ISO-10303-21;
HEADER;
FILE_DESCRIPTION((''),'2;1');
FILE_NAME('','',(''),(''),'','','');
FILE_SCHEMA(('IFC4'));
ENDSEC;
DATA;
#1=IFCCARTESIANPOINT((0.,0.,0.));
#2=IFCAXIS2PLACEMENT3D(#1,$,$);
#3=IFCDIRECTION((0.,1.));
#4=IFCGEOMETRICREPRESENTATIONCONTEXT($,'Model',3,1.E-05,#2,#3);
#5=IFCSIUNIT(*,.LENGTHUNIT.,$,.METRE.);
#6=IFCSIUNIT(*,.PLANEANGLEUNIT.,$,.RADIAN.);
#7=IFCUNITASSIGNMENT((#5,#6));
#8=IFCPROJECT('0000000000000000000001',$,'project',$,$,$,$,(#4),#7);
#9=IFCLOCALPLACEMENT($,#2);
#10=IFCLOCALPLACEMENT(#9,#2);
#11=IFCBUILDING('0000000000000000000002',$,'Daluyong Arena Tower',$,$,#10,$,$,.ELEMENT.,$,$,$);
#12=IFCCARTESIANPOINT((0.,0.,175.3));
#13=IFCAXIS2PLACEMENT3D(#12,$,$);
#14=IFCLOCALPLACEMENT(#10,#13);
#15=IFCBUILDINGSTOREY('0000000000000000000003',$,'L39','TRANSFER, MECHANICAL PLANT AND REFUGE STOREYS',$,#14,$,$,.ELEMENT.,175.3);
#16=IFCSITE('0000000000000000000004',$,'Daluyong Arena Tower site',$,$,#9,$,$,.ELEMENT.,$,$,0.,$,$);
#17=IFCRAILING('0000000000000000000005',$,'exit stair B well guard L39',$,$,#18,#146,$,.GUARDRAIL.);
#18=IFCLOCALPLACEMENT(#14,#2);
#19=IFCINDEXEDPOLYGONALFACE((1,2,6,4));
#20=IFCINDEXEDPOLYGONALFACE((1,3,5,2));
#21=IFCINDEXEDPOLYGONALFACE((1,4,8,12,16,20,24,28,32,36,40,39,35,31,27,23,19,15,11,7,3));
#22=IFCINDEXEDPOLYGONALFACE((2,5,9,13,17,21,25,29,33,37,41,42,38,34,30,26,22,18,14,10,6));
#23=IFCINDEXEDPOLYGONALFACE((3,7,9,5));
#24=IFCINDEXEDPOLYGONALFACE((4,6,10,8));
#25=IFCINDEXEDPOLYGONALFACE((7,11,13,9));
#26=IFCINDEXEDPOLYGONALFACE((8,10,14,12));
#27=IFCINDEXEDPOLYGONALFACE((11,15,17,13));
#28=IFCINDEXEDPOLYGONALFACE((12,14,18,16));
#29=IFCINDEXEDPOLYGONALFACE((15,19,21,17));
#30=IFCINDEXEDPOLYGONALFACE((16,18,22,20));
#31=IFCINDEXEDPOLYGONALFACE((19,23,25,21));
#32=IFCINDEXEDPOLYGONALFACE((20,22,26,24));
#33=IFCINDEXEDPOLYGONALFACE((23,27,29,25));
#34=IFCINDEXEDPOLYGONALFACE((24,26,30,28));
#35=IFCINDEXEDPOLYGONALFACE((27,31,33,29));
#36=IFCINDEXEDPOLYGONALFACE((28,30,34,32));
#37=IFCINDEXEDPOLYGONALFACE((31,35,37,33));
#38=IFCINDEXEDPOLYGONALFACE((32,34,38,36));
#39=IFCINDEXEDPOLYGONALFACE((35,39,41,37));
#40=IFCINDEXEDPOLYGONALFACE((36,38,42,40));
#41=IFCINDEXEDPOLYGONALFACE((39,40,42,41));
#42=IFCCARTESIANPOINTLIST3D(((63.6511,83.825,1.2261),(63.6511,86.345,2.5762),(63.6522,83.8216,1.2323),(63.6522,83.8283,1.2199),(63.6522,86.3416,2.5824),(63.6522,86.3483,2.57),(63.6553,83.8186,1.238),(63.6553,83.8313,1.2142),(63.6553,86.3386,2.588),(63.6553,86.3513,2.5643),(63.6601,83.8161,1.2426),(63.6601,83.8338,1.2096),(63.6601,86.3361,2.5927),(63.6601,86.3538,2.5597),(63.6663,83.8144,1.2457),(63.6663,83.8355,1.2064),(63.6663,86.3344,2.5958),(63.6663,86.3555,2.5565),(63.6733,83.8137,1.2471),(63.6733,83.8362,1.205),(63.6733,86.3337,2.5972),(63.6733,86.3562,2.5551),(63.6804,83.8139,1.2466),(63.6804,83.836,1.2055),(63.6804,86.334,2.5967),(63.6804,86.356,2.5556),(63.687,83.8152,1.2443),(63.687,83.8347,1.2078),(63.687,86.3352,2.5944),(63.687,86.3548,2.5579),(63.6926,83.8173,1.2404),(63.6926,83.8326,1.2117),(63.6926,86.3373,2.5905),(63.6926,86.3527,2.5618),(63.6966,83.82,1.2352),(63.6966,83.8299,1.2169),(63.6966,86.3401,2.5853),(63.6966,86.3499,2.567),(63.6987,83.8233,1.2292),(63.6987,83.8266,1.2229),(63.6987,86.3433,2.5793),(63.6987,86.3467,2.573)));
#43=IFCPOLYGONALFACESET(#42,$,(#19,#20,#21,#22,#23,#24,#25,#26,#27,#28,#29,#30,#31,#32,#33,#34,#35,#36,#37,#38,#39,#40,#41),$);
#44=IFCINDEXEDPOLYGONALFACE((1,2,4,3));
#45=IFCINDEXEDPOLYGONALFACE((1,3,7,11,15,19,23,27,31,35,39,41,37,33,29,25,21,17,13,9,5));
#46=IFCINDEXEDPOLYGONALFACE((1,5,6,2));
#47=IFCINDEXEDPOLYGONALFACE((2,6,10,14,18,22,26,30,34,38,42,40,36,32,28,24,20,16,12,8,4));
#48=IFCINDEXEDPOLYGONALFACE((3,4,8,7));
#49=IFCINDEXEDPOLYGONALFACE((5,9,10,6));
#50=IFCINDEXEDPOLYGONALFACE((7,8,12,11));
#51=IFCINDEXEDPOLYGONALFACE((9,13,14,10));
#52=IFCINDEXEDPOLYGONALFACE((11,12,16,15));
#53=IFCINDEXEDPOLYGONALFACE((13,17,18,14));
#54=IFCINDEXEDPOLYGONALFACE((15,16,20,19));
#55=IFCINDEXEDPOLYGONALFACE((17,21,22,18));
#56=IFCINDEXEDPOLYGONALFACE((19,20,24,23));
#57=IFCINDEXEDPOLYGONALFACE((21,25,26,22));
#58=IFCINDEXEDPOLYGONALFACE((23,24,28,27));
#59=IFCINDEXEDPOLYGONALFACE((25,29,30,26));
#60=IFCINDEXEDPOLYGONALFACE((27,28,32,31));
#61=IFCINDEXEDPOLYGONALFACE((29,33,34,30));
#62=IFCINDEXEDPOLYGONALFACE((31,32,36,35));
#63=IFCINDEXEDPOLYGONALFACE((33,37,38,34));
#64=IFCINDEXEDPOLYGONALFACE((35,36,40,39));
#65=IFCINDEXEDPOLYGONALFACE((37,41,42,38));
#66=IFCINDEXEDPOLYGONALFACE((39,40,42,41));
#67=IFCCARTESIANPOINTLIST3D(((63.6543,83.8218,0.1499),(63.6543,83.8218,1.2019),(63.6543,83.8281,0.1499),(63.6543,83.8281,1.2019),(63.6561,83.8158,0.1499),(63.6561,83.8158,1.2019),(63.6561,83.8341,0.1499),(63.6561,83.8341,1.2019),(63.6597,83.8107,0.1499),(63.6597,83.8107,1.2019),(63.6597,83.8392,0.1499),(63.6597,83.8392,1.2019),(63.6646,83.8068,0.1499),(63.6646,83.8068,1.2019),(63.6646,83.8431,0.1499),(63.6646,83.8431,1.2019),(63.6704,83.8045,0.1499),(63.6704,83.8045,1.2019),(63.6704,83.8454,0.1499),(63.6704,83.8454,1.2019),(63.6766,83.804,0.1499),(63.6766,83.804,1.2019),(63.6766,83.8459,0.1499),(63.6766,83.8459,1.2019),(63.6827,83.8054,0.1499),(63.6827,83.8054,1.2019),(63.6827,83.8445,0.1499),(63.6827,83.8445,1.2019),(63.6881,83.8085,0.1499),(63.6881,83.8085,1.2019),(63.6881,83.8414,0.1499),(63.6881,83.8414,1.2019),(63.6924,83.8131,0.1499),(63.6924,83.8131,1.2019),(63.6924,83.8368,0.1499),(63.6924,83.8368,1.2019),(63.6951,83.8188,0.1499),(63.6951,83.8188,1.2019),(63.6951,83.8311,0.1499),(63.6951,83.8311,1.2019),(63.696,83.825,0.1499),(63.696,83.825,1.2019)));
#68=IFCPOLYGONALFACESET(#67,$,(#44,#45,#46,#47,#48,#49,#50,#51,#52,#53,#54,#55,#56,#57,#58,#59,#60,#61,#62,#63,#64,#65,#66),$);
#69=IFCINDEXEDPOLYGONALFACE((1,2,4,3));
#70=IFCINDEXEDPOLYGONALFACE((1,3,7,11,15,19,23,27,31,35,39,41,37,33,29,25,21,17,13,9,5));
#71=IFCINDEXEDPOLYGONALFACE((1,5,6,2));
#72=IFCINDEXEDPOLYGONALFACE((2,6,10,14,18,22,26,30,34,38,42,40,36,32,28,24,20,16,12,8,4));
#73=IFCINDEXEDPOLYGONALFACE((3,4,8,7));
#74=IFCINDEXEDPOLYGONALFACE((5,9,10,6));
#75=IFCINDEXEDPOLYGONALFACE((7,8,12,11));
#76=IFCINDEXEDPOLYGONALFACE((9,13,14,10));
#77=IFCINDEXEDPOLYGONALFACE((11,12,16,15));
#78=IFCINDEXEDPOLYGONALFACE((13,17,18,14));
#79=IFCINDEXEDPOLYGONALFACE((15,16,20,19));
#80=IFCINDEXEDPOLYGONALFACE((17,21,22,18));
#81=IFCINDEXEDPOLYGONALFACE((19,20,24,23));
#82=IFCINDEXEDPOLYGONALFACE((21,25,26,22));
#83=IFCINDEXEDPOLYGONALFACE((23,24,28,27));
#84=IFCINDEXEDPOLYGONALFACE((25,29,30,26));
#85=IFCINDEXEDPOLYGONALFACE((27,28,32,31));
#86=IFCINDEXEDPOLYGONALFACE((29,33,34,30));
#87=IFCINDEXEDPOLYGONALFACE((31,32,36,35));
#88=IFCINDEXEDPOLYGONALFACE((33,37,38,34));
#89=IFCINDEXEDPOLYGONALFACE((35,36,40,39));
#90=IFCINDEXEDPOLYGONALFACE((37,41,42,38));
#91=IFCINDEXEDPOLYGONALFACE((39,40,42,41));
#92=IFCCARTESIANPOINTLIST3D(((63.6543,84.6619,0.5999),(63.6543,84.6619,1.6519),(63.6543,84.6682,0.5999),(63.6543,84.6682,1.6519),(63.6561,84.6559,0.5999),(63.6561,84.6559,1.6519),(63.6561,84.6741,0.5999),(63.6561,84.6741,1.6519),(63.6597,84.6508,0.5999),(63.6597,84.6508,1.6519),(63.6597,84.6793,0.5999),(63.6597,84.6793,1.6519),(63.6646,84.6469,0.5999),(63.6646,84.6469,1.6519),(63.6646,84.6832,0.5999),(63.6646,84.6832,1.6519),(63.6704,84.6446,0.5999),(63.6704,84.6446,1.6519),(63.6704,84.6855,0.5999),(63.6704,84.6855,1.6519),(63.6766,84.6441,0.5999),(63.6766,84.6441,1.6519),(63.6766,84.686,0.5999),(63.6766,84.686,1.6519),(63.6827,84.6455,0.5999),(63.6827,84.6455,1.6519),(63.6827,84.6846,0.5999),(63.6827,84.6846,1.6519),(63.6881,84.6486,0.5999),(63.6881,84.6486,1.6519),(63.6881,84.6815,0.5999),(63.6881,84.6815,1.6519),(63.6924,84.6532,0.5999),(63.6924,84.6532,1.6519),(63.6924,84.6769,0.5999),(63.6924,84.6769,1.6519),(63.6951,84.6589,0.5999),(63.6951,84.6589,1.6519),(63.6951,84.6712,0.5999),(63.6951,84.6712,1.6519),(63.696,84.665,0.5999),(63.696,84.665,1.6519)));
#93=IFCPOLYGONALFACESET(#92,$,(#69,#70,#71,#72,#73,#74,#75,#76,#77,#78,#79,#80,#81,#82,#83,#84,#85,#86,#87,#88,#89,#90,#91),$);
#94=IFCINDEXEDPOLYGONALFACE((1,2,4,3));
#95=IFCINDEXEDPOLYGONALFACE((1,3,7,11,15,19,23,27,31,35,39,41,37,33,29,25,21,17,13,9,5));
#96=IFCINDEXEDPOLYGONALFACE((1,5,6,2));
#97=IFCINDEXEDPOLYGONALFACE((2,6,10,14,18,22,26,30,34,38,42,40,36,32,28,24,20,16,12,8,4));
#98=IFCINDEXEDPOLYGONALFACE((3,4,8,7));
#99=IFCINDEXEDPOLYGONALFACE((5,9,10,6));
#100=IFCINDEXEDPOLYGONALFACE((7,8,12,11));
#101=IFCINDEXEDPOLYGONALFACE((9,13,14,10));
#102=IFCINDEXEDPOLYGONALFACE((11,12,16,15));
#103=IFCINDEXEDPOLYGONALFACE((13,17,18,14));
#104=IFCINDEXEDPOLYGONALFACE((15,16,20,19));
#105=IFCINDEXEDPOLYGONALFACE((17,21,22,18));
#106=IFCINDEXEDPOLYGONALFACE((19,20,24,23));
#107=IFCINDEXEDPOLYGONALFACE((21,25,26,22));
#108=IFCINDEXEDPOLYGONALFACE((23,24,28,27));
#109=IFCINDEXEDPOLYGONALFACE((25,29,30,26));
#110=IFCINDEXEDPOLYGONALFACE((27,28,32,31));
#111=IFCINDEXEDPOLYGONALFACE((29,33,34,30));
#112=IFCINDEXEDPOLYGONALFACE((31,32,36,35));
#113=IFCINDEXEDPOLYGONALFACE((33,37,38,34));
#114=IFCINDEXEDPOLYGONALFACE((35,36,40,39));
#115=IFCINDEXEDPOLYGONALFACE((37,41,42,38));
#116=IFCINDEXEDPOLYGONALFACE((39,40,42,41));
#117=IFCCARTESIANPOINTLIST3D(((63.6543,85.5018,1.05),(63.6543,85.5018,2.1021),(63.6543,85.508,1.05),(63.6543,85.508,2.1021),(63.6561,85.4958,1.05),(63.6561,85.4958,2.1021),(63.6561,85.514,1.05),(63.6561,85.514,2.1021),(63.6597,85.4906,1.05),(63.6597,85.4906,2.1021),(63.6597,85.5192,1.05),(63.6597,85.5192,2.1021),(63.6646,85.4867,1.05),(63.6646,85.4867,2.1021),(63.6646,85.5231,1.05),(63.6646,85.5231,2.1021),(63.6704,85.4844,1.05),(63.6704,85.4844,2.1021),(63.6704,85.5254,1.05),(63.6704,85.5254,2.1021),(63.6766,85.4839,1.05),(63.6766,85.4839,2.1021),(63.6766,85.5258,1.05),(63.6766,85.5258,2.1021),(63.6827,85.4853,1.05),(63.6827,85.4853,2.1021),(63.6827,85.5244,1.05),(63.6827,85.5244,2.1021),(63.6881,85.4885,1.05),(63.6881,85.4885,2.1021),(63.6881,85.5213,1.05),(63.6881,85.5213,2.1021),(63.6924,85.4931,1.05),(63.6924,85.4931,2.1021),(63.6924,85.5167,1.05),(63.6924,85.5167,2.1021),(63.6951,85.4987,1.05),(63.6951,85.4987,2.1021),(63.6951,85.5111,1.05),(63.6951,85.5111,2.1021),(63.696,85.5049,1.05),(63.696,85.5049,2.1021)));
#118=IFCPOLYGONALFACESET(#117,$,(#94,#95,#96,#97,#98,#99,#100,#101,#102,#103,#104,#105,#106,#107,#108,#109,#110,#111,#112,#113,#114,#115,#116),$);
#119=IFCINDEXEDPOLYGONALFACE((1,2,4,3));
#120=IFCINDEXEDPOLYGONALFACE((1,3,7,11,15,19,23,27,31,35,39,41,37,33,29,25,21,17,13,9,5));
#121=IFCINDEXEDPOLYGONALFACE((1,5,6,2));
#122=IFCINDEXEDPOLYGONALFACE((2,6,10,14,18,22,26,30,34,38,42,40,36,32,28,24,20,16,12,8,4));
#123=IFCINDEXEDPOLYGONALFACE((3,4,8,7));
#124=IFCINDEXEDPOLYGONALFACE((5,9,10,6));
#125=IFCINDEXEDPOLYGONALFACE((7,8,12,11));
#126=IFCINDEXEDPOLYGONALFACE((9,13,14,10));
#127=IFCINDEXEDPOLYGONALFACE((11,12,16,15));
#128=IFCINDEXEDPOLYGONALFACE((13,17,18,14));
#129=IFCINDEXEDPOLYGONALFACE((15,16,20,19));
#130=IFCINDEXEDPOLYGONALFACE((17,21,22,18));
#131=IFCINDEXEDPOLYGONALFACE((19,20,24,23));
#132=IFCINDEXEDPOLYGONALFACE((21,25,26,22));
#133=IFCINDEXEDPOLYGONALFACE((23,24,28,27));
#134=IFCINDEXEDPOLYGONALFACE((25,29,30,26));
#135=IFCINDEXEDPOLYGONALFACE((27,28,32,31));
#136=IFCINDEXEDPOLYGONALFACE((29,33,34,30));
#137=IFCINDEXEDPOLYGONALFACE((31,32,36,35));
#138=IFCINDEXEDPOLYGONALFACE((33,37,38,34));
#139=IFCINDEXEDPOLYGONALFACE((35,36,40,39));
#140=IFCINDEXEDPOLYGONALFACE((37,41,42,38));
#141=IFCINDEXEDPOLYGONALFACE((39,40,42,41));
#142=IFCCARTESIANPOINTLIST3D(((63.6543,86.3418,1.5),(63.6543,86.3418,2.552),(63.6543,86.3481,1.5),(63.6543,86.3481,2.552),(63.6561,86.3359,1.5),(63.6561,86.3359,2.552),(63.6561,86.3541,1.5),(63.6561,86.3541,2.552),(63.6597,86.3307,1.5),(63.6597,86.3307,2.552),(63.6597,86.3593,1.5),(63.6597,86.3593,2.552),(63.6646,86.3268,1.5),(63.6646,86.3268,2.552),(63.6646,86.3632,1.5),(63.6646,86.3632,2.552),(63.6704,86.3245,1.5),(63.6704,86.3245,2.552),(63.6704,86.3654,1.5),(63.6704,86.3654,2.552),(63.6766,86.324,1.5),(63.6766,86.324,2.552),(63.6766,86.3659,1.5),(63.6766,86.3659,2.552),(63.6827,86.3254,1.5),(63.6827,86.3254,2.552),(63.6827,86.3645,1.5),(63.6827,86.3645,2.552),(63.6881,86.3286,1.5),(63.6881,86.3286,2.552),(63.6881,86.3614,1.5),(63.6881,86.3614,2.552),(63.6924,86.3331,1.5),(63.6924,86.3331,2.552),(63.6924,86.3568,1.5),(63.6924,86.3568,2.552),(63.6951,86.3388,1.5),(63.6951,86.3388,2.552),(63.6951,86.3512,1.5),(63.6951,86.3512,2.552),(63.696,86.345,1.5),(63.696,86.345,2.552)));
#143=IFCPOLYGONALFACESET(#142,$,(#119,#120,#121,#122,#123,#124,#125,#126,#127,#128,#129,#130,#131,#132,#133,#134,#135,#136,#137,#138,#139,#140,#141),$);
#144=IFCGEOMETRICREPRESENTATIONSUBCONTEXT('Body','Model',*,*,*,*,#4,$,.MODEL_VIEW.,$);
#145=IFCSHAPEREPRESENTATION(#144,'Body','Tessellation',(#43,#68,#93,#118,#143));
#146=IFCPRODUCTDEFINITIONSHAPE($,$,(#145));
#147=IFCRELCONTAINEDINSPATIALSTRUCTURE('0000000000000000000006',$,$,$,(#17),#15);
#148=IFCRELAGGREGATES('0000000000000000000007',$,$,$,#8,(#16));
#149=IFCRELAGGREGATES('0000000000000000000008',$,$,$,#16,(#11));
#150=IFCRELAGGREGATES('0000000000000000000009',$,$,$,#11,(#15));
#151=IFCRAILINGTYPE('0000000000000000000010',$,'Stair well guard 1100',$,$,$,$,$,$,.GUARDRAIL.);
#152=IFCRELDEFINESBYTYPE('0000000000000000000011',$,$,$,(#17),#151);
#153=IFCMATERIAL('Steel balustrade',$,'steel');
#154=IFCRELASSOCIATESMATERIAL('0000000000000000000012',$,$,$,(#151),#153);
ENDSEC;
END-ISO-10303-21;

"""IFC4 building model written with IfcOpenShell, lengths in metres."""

from ifc_helpers import new_model, si_unit, direction, frame, origin, origin_2d, place, context, subcontext, project, spatial, circle, extrude, material, type_object, element, save


model = new_model("IFC4")

# Units and contexts
model_context = context("Model", 3, precision=1e-05, world=origin(), true_north=direction((0.0, 1.0)))
body_context = subcontext(model_context, "Body", "Model", "MODEL_VIEW")
ifc_project = project(units=[si_unit("LENGTHUNIT", "METRE"), si_unit("PLANEANGLEUNIT", "RADIAN")], contexts=[model_context])

# Site, building, storey
site_placement = place(None, origin())
site = spatial("IfcSite", under=ifc_project, at=site_placement, Name="Daluyong Arena Tower site", CompositionType="ELEMENT", RefElevation=0.0)
building_placement = place(site_placement, origin())
building = spatial("IfcBuilding", under=site, at=building_placement, Name="Daluyong Arena Tower", CompositionType="ELEMENT")
storey_placement = place(building_placement, frame((0.0, 0.0, 175.3)))
storey = spatial("IfcBuildingStorey", under=building, at=storey_placement, Name="L39", Description="TRANSFER, MECHANICAL PLANT AND REFUGE STOREYS", CompositionType="ELEMENT", Elevation=175.3)

# Railing
ifc_material_1 = material(Name="Steel balustrade", Category="steel")
railing_type_1 = type_object("IfcRailingType", Name="Stair well guard 1100", PredefinedType="GUARDRAIL", material=ifc_material_1)
railing_1_placement = place(storey_placement, frame((63.675, 83.825, 0.1499)))
element("IfcRailing", 1, at=railing_1_placement, inside=storey, type_object=railing_type_1, Name="exit stair B well guard L39", PredefinedType="GUARDRAIL", context=body_context, shape_type="SweptSolid", body=[
    extrude(circle(Radius=0.0239, at=origin_2d()), frame((0.0, 0.0, 1.0762), z_axis=(0.0, 0.881467, 0.472245), x_axis=(-1.0, 0.0, 0.0)), (0.0, 0.0, 1.0), 2.8589),
    extrude(circle(Radius=0.021, at=origin_2d()), origin(), (0.0, 0.0, 1.0), 1.052),
    extrude(circle(Radius=0.021, at=origin_2d()), frame((0.0, 0.8401, 0.45)), (0.0, 0.0, 1.0), 1.052),
    extrude(circle(Radius=0.021, at=origin_2d()), frame((0.0, 1.6799, 0.9001)), (0.0, 0.0, 1.0), 1.052),
    extrude(circle(Radius=0.021, at=origin_2d()), frame((0.0, 2.52, 1.3501)), (0.0, 0.0, 1.0), 1.052),
])

save(model, "model.ifc")
